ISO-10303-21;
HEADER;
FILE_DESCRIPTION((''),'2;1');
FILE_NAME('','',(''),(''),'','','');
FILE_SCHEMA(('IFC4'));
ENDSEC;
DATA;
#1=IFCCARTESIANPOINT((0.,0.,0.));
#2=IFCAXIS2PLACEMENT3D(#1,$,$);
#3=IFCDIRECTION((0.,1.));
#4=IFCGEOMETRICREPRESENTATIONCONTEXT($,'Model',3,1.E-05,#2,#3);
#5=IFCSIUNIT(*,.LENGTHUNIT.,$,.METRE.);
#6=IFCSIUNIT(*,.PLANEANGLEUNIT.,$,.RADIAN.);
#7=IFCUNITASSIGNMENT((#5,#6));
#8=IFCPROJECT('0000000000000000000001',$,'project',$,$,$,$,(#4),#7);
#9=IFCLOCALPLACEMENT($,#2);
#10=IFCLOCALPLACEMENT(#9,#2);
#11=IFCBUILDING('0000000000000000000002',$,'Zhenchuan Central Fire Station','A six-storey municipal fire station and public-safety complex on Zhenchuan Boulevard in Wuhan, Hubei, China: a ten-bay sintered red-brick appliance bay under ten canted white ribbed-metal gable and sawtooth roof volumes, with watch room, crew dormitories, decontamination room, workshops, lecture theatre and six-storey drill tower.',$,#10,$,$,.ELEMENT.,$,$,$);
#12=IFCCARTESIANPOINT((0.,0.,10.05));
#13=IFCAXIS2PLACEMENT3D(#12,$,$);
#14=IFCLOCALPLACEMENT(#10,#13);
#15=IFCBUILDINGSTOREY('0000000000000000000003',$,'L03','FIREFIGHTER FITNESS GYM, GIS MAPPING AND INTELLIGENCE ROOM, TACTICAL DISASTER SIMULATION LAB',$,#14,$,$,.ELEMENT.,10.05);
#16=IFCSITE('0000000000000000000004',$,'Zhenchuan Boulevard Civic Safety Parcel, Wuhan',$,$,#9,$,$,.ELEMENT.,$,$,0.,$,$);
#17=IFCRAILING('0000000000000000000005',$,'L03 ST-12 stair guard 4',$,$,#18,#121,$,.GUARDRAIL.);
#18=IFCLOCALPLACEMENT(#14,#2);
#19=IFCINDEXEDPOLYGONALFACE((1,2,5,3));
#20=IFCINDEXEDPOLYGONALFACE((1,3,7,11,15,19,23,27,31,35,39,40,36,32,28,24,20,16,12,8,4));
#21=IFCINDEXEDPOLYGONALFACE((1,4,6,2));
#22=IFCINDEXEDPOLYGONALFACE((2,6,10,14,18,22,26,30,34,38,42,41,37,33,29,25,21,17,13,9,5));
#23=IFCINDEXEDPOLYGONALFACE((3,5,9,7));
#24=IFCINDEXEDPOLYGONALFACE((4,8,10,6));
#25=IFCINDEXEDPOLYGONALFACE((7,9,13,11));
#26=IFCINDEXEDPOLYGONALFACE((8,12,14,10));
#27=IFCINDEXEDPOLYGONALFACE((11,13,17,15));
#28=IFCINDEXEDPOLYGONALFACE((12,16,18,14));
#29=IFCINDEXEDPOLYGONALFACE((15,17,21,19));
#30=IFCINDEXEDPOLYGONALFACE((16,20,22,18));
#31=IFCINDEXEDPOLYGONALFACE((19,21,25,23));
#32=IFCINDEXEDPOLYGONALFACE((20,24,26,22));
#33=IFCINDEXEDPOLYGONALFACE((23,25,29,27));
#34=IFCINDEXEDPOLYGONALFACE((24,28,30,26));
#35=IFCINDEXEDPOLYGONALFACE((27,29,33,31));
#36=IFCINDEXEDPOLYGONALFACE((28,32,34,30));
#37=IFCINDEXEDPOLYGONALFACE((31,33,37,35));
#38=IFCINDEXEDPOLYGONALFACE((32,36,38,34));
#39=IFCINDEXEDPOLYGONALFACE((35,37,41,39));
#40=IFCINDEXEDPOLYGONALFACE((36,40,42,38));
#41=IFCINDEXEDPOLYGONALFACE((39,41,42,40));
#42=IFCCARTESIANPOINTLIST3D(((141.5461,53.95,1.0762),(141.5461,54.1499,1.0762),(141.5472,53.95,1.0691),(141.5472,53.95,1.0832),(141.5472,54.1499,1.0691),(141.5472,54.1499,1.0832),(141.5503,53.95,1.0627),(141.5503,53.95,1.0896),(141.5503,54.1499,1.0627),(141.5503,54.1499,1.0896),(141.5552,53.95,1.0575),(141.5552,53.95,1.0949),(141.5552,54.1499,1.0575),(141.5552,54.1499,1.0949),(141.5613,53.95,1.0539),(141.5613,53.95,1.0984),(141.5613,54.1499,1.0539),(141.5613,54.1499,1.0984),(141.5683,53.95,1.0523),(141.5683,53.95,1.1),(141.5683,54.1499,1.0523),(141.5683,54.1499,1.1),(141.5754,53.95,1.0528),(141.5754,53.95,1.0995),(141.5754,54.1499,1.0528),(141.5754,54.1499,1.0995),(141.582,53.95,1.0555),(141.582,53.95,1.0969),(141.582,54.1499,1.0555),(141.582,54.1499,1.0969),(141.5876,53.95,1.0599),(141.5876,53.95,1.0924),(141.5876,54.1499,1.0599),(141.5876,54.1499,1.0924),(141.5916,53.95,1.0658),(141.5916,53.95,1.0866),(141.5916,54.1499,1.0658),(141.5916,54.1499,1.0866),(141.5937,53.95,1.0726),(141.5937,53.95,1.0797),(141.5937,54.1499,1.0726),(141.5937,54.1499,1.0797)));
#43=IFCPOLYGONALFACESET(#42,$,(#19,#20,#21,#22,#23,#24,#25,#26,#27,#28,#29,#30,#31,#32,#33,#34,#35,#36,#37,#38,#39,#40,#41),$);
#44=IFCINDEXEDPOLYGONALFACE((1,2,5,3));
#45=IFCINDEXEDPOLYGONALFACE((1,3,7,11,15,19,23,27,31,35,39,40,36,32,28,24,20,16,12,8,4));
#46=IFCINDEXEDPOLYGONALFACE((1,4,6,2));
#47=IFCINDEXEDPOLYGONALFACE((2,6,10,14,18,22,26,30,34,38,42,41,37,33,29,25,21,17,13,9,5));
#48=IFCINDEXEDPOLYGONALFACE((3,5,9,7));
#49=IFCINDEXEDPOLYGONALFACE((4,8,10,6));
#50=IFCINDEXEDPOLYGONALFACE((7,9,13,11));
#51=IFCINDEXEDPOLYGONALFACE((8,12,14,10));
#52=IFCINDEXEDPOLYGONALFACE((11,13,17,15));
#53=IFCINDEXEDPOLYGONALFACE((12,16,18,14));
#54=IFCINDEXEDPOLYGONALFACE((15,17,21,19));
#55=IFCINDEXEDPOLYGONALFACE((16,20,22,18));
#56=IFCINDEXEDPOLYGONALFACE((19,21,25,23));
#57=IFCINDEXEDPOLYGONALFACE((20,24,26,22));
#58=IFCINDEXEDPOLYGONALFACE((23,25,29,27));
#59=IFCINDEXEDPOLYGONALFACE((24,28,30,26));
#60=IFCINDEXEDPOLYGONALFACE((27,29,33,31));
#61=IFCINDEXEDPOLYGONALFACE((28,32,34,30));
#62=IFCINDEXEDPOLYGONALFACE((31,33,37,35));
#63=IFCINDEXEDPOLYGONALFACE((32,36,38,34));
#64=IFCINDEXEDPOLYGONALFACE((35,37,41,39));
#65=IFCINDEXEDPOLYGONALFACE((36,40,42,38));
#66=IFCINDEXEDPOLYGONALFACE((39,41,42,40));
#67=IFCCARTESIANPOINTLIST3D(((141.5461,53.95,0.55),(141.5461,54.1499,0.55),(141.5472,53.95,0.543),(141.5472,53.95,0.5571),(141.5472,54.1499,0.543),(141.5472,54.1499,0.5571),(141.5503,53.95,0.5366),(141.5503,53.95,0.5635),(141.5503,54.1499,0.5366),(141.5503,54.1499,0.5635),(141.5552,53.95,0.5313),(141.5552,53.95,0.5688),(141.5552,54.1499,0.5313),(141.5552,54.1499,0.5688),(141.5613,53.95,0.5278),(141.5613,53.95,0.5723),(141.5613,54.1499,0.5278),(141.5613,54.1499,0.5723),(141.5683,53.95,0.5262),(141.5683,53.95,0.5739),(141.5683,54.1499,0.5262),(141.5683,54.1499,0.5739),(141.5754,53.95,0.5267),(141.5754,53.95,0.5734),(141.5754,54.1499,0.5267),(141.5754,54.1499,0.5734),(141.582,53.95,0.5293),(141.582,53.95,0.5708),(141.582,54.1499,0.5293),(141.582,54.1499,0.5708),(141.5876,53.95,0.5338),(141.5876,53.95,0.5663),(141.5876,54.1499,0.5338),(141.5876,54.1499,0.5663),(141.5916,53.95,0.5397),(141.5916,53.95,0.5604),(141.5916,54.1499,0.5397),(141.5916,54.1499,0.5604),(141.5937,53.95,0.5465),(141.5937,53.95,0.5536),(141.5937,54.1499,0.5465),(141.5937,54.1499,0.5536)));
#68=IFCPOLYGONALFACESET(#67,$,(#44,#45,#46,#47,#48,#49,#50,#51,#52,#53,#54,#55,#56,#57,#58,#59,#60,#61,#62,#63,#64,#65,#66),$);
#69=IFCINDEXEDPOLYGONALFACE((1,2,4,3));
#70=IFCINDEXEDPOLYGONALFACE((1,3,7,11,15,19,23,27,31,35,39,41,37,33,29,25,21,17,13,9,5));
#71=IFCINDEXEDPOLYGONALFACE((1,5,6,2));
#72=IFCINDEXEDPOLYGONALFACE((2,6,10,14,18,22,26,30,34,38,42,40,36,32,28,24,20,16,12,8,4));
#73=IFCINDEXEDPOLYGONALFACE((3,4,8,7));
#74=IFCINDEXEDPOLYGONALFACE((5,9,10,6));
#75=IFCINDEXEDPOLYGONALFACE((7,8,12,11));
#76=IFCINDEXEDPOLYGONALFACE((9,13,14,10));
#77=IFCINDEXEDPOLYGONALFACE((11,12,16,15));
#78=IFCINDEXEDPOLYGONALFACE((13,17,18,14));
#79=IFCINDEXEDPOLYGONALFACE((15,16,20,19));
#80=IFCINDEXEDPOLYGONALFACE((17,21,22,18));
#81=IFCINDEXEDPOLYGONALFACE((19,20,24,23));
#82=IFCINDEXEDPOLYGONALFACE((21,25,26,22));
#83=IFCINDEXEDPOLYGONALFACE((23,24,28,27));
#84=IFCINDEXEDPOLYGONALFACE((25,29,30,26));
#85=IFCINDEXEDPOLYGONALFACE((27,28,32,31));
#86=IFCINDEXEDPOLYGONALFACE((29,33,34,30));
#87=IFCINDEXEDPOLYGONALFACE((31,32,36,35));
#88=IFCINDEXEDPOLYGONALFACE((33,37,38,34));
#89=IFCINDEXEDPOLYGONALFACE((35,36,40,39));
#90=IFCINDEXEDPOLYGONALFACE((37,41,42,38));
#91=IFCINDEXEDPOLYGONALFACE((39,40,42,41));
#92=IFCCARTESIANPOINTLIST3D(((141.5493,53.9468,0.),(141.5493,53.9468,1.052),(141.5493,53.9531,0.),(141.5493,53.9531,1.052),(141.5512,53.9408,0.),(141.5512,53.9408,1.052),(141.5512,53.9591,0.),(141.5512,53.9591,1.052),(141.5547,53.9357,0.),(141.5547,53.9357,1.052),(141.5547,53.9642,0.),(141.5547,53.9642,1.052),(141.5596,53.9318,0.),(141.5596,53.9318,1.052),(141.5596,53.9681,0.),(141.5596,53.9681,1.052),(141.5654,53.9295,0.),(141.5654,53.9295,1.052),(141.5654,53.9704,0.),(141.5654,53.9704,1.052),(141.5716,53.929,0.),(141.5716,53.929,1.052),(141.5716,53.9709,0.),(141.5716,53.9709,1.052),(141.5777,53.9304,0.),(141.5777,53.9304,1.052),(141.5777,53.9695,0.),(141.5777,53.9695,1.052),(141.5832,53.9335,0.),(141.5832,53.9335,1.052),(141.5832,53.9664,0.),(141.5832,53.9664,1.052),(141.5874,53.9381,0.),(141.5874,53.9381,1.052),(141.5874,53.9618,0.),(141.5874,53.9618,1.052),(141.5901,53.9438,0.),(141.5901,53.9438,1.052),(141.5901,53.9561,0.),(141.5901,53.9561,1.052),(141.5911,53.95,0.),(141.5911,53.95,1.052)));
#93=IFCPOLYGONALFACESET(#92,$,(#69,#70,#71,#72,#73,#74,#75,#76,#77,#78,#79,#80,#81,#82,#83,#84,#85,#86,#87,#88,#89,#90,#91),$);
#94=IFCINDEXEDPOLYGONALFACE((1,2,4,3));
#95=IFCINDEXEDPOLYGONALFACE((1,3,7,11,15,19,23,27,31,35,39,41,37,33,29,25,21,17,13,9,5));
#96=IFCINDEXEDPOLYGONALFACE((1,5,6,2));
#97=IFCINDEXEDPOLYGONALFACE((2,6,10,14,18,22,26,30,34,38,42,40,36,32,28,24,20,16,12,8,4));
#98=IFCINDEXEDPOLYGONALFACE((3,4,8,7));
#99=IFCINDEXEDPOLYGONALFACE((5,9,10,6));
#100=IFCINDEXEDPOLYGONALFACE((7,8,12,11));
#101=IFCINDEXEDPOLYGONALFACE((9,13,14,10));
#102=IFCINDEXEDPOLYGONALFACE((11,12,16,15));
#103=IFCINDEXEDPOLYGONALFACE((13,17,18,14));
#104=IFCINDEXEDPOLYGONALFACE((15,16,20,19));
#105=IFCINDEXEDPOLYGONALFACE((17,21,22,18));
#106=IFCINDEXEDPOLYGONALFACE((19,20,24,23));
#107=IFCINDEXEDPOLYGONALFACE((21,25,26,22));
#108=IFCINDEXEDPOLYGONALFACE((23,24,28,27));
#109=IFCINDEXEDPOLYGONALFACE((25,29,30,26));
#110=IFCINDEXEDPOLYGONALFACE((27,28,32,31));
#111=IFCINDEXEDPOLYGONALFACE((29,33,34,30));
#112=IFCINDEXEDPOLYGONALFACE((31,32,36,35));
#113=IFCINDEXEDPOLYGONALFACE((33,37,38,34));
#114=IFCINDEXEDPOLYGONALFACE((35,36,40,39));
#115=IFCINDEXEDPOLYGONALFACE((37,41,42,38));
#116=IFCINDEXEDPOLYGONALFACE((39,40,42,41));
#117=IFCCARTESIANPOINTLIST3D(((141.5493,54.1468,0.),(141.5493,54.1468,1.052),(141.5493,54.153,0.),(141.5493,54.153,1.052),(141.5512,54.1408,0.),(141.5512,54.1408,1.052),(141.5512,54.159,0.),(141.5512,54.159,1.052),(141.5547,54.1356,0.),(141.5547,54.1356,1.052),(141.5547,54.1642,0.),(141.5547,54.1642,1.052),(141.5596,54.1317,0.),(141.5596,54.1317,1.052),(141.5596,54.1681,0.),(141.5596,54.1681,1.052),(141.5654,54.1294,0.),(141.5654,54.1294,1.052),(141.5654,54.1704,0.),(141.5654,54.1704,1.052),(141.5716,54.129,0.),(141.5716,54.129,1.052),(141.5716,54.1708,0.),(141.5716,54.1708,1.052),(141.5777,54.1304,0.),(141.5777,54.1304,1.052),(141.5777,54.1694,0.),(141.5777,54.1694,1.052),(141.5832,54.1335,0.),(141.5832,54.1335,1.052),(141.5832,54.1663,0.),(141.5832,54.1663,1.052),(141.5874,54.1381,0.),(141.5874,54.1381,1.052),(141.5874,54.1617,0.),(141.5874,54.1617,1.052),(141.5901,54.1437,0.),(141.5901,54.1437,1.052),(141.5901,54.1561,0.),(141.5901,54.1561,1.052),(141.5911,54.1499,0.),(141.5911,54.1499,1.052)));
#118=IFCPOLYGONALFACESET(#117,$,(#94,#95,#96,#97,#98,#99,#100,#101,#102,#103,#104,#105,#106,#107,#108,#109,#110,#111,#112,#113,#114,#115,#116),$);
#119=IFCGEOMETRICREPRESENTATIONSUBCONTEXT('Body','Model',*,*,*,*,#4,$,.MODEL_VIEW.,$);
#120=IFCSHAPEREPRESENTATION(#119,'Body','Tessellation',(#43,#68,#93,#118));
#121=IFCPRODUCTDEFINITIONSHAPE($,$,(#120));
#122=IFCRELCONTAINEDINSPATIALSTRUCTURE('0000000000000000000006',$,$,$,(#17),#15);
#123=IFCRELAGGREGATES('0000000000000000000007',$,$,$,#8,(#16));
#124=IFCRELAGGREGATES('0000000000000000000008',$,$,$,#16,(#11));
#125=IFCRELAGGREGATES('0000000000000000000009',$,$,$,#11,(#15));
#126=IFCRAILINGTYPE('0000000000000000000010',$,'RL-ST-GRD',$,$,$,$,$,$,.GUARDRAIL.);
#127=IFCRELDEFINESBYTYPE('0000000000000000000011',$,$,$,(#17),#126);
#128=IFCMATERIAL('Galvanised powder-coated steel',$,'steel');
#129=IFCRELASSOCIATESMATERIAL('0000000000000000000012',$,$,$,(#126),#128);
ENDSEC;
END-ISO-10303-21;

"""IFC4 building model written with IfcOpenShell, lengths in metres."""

from ifc_helpers import new_model, si_unit, direction, frame, origin, origin_2d, place, context, subcontext, project, spatial, circle, extrude, material, type_object, element, save


model = new_model("IFC4")

# Units and contexts
model_context = context("Model", 3, precision=1e-05, world=origin(), true_north=direction((0.0, 1.0)))
body_context = subcontext(model_context, "Body", "Model", "MODEL_VIEW")
ifc_project = project(units=[si_unit("LENGTHUNIT", "METRE"), si_unit("PLANEANGLEUNIT", "RADIAN")], contexts=[model_context])

# Site, building, storey
site_placement = place(None, origin())
site = spatial("IfcSite", under=ifc_project, at=site_placement, Name="Zhenchuan Boulevard Civic Safety Parcel, Wuhan", CompositionType="ELEMENT", RefElevation=0.0)
building_placement = place(site_placement, origin())
building = spatial("IfcBuilding", under=site, at=building_placement, Name="Zhenchuan Central Fire Station", Description="A six-storey municipal fire station and public-safety complex on Zhenchuan Boulevard in Wuhan, Hubei, China: a ten-bay sintered red-brick appliance bay under ten canted white ribbed-metal gable and sawtooth roof volumes, with watch room, crew dormitories, decontamination room, workshops, lecture theatre and six-storey drill tower.", CompositionType="ELEMENT")
storey_placement = place(building_placement, frame((0.0, 0.0, 10.05)))
storey = spatial("IfcBuildingStorey", under=building, at=storey_placement, Name="L03", Description="FIREFIGHTER FITNESS GYM, GIS MAPPING AND INTELLIGENCE ROOM, TACTICAL DISASTER SIMULATION LAB", CompositionType="ELEMENT", Elevation=10.05)

# Railing
ifc_material_1 = material(Name="Galvanised powder-coated steel", Category="steel")
railing_type_1 = type_object("IfcRailingType", Name="RL-ST-GRD", PredefinedType="GUARDRAIL", material=ifc_material_1)
railing_1_placement = place(storey_placement, frame((141.5701, 53.95, 0.0)))
element("IfcRailing", 1, at=railing_1_placement, inside=storey, type_object=railing_type_1, Name="L03 ST-12 stair guard 4", PredefinedType="GUARDRAIL", context=body_context, shape_type="SweptSolid", body=[
    extrude(circle(Radius=0.0239, at=origin_2d()), frame((0.0, 0.0, 1.0762), z_axis=(0.0, 1.0, 0.0), x_axis=(-1.0, 0.0, 0.0)), (0.0, 0.0, 1.0), 0.2),
    extrude(circle(Radius=0.0239, at=origin_2d()), frame((0.0, 0.0, 0.55), z_axis=(0.0, 1.0, 0.0), x_axis=(-1.0, 0.0, 0.0)), (0.0, 0.0, 1.0), 0.2),
    extrude(circle(Radius=0.021, at=origin_2d()), origin(), (0.0, 0.0, 1.0), 1.052),
    extrude(circle(Radius=0.021, at=origin_2d()), frame((0.0, 0.2, 0.0)), (0.0, 0.0, 1.0), 1.052),
])

save(model, "model.ifc")
